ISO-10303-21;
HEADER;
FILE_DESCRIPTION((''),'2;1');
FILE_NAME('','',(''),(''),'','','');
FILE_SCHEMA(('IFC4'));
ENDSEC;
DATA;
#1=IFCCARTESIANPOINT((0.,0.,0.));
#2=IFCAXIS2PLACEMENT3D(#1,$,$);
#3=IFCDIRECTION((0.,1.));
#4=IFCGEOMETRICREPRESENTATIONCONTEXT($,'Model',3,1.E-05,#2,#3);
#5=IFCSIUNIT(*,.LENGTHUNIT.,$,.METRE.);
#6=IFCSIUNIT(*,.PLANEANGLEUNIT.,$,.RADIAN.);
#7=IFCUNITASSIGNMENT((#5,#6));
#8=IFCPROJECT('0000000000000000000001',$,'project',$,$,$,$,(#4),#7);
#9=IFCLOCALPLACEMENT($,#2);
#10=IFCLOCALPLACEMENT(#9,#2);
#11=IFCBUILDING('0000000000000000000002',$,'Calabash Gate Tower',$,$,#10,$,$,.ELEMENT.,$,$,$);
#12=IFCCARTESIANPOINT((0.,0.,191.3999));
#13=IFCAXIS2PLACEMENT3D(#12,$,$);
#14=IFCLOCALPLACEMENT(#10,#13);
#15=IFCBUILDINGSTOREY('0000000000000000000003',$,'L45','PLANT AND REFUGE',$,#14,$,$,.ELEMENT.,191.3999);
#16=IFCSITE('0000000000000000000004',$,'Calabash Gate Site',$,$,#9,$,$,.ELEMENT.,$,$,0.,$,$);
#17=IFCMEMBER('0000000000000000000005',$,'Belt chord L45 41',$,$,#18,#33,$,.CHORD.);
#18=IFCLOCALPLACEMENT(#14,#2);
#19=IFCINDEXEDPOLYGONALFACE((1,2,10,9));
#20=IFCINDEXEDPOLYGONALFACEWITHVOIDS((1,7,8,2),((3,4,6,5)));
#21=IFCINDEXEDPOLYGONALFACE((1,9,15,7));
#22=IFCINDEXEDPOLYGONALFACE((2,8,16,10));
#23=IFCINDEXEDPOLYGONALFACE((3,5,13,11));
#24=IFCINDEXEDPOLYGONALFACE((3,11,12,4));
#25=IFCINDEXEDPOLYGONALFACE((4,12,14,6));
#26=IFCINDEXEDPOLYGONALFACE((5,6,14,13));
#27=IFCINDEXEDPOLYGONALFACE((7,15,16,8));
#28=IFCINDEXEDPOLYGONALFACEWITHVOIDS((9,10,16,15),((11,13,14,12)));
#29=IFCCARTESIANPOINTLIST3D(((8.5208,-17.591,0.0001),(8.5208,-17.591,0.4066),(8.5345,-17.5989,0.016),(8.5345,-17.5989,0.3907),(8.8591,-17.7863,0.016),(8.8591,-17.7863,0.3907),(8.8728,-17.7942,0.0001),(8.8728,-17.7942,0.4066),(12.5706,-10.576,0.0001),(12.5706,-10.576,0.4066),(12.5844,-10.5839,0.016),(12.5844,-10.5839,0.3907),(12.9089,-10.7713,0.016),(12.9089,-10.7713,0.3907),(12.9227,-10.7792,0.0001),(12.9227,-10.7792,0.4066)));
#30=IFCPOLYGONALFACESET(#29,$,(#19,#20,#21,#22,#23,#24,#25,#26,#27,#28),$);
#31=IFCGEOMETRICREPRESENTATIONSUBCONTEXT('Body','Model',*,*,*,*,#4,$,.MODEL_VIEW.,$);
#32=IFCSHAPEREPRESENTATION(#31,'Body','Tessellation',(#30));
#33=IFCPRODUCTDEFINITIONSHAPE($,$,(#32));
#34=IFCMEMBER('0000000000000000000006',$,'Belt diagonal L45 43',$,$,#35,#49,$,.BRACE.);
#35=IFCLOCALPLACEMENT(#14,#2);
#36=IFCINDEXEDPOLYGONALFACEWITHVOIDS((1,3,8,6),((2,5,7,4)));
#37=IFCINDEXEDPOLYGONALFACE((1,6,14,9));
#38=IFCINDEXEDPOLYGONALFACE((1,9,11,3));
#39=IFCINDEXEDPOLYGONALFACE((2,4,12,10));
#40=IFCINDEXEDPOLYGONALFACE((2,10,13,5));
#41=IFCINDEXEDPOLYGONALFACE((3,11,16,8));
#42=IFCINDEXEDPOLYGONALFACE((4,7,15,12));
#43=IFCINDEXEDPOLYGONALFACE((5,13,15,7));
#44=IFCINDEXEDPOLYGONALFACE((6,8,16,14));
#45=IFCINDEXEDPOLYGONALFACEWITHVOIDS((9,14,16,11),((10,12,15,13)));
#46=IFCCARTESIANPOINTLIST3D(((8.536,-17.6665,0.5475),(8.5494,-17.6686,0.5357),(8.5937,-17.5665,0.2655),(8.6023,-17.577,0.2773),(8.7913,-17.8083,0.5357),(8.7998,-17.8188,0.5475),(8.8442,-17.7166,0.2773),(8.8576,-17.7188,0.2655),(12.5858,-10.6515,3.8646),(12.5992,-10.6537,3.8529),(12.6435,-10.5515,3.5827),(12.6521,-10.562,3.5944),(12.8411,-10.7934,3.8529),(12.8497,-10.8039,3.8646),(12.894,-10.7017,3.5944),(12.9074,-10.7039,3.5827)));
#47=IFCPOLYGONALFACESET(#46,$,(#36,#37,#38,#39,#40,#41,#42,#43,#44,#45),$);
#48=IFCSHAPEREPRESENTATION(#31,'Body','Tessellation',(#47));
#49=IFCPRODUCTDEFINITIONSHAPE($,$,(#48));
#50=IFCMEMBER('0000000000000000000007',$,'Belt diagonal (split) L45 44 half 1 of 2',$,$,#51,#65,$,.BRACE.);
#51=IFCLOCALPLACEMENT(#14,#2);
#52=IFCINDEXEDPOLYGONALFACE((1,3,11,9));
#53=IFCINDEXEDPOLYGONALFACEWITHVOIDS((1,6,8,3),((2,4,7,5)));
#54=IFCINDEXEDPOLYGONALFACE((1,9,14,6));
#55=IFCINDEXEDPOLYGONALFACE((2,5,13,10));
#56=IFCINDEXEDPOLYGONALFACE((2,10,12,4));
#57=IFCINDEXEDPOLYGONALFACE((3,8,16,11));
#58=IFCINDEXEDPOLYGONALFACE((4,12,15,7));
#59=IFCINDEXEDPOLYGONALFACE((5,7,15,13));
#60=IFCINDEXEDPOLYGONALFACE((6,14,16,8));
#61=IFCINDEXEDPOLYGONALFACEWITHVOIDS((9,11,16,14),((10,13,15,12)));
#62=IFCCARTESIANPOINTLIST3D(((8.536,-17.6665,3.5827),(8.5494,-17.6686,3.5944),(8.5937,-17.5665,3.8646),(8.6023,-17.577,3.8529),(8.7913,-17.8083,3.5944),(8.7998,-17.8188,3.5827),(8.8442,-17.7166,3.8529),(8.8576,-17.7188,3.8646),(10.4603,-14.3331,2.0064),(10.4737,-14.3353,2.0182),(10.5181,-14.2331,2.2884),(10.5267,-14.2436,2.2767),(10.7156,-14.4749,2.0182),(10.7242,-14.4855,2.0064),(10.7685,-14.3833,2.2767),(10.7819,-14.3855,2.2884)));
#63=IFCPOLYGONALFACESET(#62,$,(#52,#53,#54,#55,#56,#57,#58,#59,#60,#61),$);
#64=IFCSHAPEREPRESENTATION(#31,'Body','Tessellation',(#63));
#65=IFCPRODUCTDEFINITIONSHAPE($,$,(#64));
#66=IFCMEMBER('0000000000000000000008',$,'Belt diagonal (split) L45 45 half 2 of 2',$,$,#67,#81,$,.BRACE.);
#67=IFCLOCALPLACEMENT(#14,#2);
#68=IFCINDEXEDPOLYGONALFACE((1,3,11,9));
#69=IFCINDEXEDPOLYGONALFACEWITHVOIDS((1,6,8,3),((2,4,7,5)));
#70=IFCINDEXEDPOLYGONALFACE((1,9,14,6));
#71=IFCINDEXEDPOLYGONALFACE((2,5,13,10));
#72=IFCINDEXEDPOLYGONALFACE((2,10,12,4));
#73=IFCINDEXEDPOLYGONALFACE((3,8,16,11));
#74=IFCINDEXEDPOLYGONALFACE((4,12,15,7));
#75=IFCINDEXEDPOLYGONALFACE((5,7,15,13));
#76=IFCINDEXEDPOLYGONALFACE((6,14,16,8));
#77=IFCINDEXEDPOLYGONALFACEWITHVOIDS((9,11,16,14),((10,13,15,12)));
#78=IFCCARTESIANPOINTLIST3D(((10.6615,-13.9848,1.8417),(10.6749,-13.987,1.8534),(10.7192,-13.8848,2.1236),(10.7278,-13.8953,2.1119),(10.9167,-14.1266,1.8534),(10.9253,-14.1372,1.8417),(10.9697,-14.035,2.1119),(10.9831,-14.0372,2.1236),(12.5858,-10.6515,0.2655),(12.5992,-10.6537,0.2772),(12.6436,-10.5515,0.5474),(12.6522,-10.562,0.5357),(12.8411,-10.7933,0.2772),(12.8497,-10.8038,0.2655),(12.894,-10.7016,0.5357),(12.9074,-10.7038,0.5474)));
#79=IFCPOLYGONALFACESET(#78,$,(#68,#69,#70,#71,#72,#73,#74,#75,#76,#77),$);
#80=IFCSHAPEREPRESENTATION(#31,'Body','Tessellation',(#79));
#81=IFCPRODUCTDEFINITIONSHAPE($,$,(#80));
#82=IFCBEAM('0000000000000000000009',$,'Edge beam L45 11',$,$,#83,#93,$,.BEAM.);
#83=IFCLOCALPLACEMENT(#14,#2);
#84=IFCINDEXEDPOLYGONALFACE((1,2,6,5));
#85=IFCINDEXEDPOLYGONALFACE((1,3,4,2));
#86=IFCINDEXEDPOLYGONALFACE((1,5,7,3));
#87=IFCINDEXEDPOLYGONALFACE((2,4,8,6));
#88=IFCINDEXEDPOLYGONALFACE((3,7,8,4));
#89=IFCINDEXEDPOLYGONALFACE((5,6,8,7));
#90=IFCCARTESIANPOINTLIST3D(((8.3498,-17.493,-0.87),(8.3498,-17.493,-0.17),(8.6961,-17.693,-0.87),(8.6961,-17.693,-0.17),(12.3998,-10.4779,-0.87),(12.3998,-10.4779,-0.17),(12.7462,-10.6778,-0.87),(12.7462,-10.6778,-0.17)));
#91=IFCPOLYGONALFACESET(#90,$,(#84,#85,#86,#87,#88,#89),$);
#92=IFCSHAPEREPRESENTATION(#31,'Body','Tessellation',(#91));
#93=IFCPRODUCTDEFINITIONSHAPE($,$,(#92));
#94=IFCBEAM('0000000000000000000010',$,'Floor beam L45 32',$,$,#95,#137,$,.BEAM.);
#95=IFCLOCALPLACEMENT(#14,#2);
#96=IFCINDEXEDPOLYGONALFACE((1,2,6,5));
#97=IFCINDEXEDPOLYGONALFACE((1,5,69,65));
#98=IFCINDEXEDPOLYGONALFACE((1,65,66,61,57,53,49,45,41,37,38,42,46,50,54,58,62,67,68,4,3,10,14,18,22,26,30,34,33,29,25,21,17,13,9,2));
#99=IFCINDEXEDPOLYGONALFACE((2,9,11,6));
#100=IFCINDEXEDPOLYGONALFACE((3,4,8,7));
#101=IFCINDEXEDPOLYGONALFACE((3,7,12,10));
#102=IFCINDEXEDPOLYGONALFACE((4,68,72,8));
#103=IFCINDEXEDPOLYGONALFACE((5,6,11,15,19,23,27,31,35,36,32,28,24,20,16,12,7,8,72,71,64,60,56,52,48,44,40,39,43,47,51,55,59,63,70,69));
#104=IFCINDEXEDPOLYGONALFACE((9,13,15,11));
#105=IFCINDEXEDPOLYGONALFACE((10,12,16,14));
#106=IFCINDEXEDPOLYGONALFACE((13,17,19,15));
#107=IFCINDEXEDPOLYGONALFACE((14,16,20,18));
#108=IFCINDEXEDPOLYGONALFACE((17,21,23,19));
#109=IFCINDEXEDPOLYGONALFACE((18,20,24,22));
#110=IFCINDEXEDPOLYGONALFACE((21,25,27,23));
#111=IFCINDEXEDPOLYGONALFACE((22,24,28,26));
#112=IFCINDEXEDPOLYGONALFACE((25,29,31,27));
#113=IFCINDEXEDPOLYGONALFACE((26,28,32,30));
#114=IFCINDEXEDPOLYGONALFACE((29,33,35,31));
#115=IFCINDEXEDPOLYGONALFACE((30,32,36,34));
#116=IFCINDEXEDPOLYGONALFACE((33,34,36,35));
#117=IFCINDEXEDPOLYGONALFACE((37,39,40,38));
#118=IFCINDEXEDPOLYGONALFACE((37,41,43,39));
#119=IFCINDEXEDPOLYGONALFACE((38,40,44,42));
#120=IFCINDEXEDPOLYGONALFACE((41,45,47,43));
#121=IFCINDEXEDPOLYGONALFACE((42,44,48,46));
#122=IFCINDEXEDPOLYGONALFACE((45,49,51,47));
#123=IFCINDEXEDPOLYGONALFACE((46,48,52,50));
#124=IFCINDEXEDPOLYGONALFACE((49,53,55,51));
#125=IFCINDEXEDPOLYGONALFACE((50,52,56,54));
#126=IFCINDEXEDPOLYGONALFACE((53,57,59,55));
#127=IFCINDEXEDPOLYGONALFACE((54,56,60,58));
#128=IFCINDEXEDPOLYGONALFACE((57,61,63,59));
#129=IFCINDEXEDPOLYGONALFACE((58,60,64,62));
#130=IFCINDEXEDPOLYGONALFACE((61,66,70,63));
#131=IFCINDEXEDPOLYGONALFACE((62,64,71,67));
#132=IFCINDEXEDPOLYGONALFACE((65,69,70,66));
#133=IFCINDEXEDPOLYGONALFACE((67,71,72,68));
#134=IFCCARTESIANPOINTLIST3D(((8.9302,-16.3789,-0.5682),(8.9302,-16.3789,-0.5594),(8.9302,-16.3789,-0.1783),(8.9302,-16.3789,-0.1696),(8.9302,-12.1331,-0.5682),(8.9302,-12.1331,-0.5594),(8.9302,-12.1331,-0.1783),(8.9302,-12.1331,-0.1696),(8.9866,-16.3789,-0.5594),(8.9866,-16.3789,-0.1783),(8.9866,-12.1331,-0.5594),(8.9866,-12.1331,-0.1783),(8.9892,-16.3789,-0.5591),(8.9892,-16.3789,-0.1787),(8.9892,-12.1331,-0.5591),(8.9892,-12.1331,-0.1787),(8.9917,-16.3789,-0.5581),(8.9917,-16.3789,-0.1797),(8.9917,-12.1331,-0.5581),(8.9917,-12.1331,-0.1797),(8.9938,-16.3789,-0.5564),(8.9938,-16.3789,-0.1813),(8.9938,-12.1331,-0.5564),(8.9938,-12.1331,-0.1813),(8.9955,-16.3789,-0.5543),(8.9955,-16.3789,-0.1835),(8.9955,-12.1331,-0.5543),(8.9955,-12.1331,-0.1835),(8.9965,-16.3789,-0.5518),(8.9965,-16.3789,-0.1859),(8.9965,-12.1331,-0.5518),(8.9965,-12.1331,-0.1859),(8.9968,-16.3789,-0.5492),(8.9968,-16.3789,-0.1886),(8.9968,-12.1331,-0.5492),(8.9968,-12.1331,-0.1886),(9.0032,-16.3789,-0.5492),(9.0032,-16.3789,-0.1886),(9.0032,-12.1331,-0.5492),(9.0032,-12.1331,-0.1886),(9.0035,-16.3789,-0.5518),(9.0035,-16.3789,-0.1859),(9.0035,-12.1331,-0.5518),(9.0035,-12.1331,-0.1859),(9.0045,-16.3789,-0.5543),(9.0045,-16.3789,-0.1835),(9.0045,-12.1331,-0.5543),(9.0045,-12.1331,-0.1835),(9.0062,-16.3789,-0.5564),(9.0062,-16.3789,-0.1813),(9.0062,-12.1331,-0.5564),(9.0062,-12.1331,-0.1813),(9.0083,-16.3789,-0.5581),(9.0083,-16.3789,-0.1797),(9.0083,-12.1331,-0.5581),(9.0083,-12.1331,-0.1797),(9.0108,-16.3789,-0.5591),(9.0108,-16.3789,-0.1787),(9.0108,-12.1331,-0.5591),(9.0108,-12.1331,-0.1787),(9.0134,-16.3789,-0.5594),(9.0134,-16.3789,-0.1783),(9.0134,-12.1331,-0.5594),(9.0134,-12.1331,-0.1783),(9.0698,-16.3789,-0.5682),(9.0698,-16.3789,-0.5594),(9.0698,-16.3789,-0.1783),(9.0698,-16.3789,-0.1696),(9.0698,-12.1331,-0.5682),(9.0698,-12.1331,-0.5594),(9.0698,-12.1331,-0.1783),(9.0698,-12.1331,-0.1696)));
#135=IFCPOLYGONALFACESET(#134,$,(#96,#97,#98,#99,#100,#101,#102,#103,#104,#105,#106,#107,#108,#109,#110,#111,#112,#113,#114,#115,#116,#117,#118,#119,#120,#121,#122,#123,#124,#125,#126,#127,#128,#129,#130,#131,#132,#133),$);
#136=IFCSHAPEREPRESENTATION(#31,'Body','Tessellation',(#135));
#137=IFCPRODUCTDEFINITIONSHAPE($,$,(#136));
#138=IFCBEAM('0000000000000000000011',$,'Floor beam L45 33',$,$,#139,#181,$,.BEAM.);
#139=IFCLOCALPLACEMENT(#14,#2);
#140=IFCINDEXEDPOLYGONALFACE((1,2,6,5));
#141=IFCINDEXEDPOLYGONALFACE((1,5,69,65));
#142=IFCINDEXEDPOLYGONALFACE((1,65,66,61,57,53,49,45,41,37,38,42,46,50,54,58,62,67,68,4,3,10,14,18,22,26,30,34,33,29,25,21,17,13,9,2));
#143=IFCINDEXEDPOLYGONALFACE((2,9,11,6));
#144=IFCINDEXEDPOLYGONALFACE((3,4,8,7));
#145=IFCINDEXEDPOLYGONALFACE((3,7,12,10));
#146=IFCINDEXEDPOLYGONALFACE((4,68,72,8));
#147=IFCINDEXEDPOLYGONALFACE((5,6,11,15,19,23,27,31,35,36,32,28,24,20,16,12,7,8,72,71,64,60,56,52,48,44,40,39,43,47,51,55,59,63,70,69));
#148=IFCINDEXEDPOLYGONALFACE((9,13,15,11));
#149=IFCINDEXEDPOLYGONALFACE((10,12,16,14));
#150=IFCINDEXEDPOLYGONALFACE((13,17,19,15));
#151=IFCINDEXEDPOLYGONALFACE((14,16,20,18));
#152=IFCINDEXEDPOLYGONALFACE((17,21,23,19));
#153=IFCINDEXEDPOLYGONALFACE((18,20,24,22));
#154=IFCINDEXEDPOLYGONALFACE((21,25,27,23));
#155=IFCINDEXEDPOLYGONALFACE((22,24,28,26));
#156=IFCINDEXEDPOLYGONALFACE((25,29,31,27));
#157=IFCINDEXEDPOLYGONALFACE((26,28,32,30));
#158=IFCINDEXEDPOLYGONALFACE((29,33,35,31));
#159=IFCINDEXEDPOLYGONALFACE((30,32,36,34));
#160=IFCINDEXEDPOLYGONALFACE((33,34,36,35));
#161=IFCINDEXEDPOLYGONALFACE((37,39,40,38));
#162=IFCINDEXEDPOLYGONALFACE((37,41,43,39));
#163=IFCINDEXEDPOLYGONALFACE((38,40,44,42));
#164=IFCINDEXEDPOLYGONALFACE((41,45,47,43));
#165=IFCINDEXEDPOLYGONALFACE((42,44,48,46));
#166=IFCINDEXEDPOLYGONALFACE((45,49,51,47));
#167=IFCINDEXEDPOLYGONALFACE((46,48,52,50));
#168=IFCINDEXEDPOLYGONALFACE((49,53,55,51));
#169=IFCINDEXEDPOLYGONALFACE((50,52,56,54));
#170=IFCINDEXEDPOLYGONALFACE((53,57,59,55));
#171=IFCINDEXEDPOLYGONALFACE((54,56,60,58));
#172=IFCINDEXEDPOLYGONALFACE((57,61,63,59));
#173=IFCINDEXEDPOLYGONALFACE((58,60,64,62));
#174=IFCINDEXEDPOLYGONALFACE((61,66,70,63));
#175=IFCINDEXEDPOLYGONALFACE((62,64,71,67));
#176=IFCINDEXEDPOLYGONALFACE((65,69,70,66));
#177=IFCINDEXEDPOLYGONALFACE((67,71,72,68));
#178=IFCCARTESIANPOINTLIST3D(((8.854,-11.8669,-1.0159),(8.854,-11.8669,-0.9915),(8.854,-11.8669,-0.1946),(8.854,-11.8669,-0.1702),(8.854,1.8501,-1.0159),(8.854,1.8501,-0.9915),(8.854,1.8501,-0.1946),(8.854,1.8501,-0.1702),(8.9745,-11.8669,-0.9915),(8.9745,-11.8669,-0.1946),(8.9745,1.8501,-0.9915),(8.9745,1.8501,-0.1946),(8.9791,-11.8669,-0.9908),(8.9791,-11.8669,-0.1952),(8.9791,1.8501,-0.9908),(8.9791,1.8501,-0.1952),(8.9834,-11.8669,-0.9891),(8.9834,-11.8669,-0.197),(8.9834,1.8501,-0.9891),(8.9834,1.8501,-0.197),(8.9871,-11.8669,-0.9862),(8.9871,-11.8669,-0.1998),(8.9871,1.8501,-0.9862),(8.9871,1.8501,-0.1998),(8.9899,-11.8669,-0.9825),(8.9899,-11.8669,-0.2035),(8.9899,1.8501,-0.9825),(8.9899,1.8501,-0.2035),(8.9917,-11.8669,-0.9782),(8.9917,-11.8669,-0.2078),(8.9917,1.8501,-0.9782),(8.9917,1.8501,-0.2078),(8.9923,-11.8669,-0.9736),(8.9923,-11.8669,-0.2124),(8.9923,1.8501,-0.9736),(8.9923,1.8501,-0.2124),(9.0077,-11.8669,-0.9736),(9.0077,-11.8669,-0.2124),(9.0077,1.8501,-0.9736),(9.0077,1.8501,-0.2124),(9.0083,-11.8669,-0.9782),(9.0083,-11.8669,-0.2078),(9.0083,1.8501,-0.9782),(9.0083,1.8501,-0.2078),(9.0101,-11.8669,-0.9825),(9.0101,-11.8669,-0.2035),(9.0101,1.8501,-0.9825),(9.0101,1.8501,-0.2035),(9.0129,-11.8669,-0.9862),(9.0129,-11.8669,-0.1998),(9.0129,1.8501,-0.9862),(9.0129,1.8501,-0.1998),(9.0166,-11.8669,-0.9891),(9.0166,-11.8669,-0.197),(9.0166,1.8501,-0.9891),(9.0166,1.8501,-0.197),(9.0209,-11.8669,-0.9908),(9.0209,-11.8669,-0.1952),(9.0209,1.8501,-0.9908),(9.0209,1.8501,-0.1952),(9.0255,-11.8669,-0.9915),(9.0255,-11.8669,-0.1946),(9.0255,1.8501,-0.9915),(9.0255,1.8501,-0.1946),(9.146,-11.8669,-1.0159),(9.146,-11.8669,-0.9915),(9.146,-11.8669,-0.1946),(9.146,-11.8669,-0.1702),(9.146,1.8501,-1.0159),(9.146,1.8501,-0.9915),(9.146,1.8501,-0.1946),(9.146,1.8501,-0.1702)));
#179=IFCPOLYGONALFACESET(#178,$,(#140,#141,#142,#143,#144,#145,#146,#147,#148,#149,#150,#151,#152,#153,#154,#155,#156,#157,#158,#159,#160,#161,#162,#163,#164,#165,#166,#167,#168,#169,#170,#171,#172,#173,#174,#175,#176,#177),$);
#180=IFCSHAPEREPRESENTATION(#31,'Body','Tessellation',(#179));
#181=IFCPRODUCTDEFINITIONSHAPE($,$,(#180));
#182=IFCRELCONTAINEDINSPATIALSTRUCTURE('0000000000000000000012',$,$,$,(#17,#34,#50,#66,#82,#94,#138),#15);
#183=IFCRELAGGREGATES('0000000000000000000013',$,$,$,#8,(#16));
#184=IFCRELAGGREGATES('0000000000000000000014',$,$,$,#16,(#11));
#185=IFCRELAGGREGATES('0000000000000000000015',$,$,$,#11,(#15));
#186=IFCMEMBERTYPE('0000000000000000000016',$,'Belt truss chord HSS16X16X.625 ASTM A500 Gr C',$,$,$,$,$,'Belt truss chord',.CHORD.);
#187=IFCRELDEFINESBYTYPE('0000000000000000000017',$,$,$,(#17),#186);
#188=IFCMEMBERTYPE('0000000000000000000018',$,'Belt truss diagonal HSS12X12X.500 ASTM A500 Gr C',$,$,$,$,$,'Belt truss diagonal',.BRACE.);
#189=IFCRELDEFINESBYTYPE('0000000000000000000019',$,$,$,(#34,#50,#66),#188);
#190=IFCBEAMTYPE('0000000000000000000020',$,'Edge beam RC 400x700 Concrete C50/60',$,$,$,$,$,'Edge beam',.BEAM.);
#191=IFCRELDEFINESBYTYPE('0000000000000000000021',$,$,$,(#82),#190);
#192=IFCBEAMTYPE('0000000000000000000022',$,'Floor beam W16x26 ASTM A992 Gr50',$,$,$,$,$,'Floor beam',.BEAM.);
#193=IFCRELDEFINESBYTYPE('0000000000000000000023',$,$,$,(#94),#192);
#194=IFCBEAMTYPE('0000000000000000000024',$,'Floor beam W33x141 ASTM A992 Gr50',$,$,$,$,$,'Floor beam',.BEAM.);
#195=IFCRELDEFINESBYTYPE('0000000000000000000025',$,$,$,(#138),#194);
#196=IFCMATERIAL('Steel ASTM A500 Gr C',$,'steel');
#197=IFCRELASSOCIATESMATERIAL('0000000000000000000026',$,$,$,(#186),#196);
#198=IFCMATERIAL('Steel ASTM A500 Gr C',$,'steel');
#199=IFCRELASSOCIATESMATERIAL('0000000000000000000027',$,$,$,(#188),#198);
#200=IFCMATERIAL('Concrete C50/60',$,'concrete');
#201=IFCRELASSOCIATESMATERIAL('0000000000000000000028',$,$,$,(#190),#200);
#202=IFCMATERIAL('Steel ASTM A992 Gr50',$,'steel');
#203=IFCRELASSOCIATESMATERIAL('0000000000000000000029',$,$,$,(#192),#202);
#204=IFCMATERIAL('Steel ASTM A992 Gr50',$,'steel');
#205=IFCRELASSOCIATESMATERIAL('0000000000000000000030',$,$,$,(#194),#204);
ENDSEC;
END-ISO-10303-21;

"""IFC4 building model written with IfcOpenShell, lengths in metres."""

from ifc_helpers import new_model, si_unit, direction, frame, origin, origin_2d, place, context, subcontext, project, spatial, rectangle, hollow_rectangle, i_section, extrude, material, material_profile, profile_set, type_object, element, save


model = new_model("IFC4")

# Units and contexts
model_context = context("Model", 3, precision=1e-05, world=origin(), true_north=direction((0.0, 1.0)))
body_context = subcontext(model_context, "Body", "Model", "MODEL_VIEW")
ifc_project = project(units=[si_unit("LENGTHUNIT", "METRE"), si_unit("PLANEANGLEUNIT", "RADIAN")], contexts=[model_context])

# Site, building, storey
site_placement = place(None, origin())
site = spatial("IfcSite", under=ifc_project, at=site_placement, Name="Calabash Gate Site", CompositionType="ELEMENT", RefElevation=0.0)
building_placement = place(site_placement, origin())
building = spatial("IfcBuilding", under=site, at=building_placement, Name="Calabash Gate Tower", CompositionType="ELEMENT")
storey_placement = place(building_placement, frame((0.0, 0.0, 191.3999)))
storey = spatial("IfcBuildingStorey", under=building, at=storey_placement, Name="L45", Description="PLANT AND REFUGE", CompositionType="ELEMENT", Elevation=191.3999)

# Members
ifc_material_1 = material(Name="Steel ASTM A500 Gr C", Category="steel")
ifc_material_profile_1 = material_profile(ifc_material_1, hollow_rectangle(XDim=0.4065, YDim=0.4065, WallThickness=0.0159, at=origin_2d()))
ifc_profile_set_1 = profile_set([ifc_material_profile_1], Name="Steel ASTM A500 Gr C")
member_type_1 = type_object("IfcMemberType", Name="Belt truss chord HSS16X16X.625 ASTM A500 Gr C", ElementType="Belt truss chord", PredefinedType="CHORD", material=ifc_profile_set_1)
member_1_placement = place(storey_placement, frame((8.6968, -17.6926, 0.2034), z_axis=(0.499977, 0.866039, 0.0), x_axis=(-0.866039, 0.499977, 0.0)))
element("IfcMember", 1, at=member_1_placement, inside=storey, type_object=member_type_1, Name="Belt chord L45 41", PredefinedType="CHORD", context=body_context, shape_type="SweptSolid", body=[
    extrude(hollow_rectangle(XDim=0.4065, YDim=0.4065, WallThickness=0.0159, at=origin_2d()), origin(), (0.0, 0.0, 1.0), 8.1001),
])
ifc_material_2 = material(Name="Steel ASTM A500 Gr C", Category="steel")
ifc_material_profile_2 = material_profile(ifc_material_2, hollow_rectangle(XDim=0.3047, YDim=0.3047, WallThickness=0.0127, at=origin_2d()))
ifc_profile_set_2 = profile_set([ifc_material_profile_2], Name="Steel ASTM A500 Gr C")
member_type_2 = type_object("IfcMemberType", Name="Belt truss diagonal HSS12X12X.500 ASTM A500 Gr C", ElementType="Belt truss diagonal", PredefinedType="BRACE", material=ifc_profile_set_2)
member_2_placement = place(storey_placement, frame((8.6968, -17.6926, 0.4065), z_axis=(0.462682, 0.801438, 0.378976), x_axis=(-0.866039, 0.499977, 0.0)))
element("IfcMember", 2, at=member_2_placement, inside=storey, type_object=member_type_2, Name="Belt diagonal L45 43", PredefinedType="BRACE", context=body_context, shape_type="SweptSolid", body=[
    extrude(hollow_rectangle(XDim=0.3047, YDim=0.3047, WallThickness=0.0127, at=origin_2d()), origin(), (0.0, 0.0, 1.0), 8.7529),
])
for number, where, z_axis, x_axis, name in (
    (3, (8.6968, -17.6926, 3.7236), (0.462679, 0.801441, -0.378972), (-0.866041, 0.499973, 0.0), "Belt diagonal (split) L45 44 half 1 of 2"),
    (4, (10.8223, -14.011, 1.9827), (0.462679, 0.801441, -0.378972), (-0.866041, 0.499973, 0.0), "Belt diagonal (split) L45 45 half 2 of 2"),
):
    element("IfcMember", number, at=place(storey_placement, frame(where, z_axis=z_axis, x_axis=x_axis)), inside=storey, type_object=member_type_2, Name=name, PredefinedType="BRACE", context=body_context, shape_type="SweptSolid", body=[
        extrude(hollow_rectangle(XDim=0.3047, YDim=0.3047, WallThickness=0.0127, at=origin_2d()), origin(), (0.0, 0.0, 1.0), 4.1592),
    ])

# Beams
ifc_material_3 = material(Name="Concrete C50/60", Category="concrete")
ifc_material_profile_3 = material_profile(ifc_material_3, rectangle(XDim=0.3999, YDim=0.7, at=origin_2d()))
ifc_profile_set_3 = profile_set([ifc_material_profile_3], Name="Concrete C50/60")
beam_type_1 = type_object("IfcBeamType", Name="Edge beam RC 400x700 Concrete C50/60", ElementType="Edge beam", PredefinedType="BEAM", material=ifc_profile_set_3)
beam_1_placement = place(storey_placement, frame((8.5229, -17.593, -0.52), z_axis=(0.499987, 0.866033, 0.0), x_axis=(-0.866033, 0.499987, 0.0)))
element("IfcBeam", 5, at=beam_1_placement, inside=storey, type_object=beam_type_1, Name="Edge beam L45 11", PredefinedType="BEAM", context=body_context, shape_type="SweptSolid", body=[
    extrude(rectangle(XDim=0.3999, YDim=0.7, at=origin_2d()), origin(), (0.0, 0.0, 1.0), 8.1003),
])
ifc_material_4 = material(Name="Steel ASTM A992 Gr50", Category="steel")
ifc_material_profile_4 = material_profile(ifc_material_4, i_section(OverallWidth=0.1396, OverallDepth=0.3987, WebThickness=0.0063, FlangeThickness=0.0088, FilletRadius=0.0103, at=origin_2d()))
ifc_profile_set_4 = profile_set([ifc_material_profile_4], Name="Steel ASTM A992 Gr50")
beam_type_2 = type_object("IfcBeamType", Name="Floor beam W16x26 ASTM A992 Gr50", ElementType="Floor beam", PredefinedType="BEAM", material=ifc_profile_set_4)
beam_2_placement = place(storey_placement, frame((9.0, -16.3789, -0.3689), z_axis=(0.0, 1.0, 0.0), x_axis=(-1.0, 0.0, 0.0)))
element("IfcBeam", 6, at=beam_2_placement, inside=storey, type_object=beam_type_2, Name="Floor beam L45 32", PredefinedType="BEAM", context=body_context, shape_type="SweptSolid", body=[
    extrude(i_section(OverallWidth=0.1396, OverallDepth=0.3987, WebThickness=0.0063, FlangeThickness=0.0088, FilletRadius=0.0103, at=origin_2d()), origin(), (0.0, 0.0, 1.0), 4.2458),
])
ifc_material_5 = material(Name="Steel ASTM A992 Gr50", Category="steel")
ifc_material_profile_5 = material_profile(ifc_material_5, i_section(OverallWidth=0.292, OverallDepth=0.8457, WebThickness=0.0154, FlangeThickness=0.0244, FilletRadius=0.0178, at=origin_2d()))
ifc_profile_set_5 = profile_set([ifc_material_profile_5], Name="Steel ASTM A992 Gr50")
beam_type_3 = type_object("IfcBeamType", Name="Floor beam W33x141 ASTM A992 Gr50", ElementType="Floor beam", PredefinedType="BEAM", material=ifc_profile_set_5)
beam_3_placement = place(storey_placement, frame((9.0, -11.8669, -0.593), z_axis=(0.0, 1.0, 0.0), x_axis=(-1.0, 0.0, 0.0)))
element("IfcBeam", 7, at=beam_3_placement, inside=storey, type_object=beam_type_3, Name="Floor beam L45 33", PredefinedType="BEAM", context=body_context, shape_type="SweptSolid", body=[
    extrude(i_section(OverallWidth=0.292, OverallDepth=0.8457, WebThickness=0.0154, FlangeThickness=0.0244, FilletRadius=0.0178, at=origin_2d()), origin(), (0.0, 0.0, 1.0), 13.717),
])

save(model, "model.ifc")
